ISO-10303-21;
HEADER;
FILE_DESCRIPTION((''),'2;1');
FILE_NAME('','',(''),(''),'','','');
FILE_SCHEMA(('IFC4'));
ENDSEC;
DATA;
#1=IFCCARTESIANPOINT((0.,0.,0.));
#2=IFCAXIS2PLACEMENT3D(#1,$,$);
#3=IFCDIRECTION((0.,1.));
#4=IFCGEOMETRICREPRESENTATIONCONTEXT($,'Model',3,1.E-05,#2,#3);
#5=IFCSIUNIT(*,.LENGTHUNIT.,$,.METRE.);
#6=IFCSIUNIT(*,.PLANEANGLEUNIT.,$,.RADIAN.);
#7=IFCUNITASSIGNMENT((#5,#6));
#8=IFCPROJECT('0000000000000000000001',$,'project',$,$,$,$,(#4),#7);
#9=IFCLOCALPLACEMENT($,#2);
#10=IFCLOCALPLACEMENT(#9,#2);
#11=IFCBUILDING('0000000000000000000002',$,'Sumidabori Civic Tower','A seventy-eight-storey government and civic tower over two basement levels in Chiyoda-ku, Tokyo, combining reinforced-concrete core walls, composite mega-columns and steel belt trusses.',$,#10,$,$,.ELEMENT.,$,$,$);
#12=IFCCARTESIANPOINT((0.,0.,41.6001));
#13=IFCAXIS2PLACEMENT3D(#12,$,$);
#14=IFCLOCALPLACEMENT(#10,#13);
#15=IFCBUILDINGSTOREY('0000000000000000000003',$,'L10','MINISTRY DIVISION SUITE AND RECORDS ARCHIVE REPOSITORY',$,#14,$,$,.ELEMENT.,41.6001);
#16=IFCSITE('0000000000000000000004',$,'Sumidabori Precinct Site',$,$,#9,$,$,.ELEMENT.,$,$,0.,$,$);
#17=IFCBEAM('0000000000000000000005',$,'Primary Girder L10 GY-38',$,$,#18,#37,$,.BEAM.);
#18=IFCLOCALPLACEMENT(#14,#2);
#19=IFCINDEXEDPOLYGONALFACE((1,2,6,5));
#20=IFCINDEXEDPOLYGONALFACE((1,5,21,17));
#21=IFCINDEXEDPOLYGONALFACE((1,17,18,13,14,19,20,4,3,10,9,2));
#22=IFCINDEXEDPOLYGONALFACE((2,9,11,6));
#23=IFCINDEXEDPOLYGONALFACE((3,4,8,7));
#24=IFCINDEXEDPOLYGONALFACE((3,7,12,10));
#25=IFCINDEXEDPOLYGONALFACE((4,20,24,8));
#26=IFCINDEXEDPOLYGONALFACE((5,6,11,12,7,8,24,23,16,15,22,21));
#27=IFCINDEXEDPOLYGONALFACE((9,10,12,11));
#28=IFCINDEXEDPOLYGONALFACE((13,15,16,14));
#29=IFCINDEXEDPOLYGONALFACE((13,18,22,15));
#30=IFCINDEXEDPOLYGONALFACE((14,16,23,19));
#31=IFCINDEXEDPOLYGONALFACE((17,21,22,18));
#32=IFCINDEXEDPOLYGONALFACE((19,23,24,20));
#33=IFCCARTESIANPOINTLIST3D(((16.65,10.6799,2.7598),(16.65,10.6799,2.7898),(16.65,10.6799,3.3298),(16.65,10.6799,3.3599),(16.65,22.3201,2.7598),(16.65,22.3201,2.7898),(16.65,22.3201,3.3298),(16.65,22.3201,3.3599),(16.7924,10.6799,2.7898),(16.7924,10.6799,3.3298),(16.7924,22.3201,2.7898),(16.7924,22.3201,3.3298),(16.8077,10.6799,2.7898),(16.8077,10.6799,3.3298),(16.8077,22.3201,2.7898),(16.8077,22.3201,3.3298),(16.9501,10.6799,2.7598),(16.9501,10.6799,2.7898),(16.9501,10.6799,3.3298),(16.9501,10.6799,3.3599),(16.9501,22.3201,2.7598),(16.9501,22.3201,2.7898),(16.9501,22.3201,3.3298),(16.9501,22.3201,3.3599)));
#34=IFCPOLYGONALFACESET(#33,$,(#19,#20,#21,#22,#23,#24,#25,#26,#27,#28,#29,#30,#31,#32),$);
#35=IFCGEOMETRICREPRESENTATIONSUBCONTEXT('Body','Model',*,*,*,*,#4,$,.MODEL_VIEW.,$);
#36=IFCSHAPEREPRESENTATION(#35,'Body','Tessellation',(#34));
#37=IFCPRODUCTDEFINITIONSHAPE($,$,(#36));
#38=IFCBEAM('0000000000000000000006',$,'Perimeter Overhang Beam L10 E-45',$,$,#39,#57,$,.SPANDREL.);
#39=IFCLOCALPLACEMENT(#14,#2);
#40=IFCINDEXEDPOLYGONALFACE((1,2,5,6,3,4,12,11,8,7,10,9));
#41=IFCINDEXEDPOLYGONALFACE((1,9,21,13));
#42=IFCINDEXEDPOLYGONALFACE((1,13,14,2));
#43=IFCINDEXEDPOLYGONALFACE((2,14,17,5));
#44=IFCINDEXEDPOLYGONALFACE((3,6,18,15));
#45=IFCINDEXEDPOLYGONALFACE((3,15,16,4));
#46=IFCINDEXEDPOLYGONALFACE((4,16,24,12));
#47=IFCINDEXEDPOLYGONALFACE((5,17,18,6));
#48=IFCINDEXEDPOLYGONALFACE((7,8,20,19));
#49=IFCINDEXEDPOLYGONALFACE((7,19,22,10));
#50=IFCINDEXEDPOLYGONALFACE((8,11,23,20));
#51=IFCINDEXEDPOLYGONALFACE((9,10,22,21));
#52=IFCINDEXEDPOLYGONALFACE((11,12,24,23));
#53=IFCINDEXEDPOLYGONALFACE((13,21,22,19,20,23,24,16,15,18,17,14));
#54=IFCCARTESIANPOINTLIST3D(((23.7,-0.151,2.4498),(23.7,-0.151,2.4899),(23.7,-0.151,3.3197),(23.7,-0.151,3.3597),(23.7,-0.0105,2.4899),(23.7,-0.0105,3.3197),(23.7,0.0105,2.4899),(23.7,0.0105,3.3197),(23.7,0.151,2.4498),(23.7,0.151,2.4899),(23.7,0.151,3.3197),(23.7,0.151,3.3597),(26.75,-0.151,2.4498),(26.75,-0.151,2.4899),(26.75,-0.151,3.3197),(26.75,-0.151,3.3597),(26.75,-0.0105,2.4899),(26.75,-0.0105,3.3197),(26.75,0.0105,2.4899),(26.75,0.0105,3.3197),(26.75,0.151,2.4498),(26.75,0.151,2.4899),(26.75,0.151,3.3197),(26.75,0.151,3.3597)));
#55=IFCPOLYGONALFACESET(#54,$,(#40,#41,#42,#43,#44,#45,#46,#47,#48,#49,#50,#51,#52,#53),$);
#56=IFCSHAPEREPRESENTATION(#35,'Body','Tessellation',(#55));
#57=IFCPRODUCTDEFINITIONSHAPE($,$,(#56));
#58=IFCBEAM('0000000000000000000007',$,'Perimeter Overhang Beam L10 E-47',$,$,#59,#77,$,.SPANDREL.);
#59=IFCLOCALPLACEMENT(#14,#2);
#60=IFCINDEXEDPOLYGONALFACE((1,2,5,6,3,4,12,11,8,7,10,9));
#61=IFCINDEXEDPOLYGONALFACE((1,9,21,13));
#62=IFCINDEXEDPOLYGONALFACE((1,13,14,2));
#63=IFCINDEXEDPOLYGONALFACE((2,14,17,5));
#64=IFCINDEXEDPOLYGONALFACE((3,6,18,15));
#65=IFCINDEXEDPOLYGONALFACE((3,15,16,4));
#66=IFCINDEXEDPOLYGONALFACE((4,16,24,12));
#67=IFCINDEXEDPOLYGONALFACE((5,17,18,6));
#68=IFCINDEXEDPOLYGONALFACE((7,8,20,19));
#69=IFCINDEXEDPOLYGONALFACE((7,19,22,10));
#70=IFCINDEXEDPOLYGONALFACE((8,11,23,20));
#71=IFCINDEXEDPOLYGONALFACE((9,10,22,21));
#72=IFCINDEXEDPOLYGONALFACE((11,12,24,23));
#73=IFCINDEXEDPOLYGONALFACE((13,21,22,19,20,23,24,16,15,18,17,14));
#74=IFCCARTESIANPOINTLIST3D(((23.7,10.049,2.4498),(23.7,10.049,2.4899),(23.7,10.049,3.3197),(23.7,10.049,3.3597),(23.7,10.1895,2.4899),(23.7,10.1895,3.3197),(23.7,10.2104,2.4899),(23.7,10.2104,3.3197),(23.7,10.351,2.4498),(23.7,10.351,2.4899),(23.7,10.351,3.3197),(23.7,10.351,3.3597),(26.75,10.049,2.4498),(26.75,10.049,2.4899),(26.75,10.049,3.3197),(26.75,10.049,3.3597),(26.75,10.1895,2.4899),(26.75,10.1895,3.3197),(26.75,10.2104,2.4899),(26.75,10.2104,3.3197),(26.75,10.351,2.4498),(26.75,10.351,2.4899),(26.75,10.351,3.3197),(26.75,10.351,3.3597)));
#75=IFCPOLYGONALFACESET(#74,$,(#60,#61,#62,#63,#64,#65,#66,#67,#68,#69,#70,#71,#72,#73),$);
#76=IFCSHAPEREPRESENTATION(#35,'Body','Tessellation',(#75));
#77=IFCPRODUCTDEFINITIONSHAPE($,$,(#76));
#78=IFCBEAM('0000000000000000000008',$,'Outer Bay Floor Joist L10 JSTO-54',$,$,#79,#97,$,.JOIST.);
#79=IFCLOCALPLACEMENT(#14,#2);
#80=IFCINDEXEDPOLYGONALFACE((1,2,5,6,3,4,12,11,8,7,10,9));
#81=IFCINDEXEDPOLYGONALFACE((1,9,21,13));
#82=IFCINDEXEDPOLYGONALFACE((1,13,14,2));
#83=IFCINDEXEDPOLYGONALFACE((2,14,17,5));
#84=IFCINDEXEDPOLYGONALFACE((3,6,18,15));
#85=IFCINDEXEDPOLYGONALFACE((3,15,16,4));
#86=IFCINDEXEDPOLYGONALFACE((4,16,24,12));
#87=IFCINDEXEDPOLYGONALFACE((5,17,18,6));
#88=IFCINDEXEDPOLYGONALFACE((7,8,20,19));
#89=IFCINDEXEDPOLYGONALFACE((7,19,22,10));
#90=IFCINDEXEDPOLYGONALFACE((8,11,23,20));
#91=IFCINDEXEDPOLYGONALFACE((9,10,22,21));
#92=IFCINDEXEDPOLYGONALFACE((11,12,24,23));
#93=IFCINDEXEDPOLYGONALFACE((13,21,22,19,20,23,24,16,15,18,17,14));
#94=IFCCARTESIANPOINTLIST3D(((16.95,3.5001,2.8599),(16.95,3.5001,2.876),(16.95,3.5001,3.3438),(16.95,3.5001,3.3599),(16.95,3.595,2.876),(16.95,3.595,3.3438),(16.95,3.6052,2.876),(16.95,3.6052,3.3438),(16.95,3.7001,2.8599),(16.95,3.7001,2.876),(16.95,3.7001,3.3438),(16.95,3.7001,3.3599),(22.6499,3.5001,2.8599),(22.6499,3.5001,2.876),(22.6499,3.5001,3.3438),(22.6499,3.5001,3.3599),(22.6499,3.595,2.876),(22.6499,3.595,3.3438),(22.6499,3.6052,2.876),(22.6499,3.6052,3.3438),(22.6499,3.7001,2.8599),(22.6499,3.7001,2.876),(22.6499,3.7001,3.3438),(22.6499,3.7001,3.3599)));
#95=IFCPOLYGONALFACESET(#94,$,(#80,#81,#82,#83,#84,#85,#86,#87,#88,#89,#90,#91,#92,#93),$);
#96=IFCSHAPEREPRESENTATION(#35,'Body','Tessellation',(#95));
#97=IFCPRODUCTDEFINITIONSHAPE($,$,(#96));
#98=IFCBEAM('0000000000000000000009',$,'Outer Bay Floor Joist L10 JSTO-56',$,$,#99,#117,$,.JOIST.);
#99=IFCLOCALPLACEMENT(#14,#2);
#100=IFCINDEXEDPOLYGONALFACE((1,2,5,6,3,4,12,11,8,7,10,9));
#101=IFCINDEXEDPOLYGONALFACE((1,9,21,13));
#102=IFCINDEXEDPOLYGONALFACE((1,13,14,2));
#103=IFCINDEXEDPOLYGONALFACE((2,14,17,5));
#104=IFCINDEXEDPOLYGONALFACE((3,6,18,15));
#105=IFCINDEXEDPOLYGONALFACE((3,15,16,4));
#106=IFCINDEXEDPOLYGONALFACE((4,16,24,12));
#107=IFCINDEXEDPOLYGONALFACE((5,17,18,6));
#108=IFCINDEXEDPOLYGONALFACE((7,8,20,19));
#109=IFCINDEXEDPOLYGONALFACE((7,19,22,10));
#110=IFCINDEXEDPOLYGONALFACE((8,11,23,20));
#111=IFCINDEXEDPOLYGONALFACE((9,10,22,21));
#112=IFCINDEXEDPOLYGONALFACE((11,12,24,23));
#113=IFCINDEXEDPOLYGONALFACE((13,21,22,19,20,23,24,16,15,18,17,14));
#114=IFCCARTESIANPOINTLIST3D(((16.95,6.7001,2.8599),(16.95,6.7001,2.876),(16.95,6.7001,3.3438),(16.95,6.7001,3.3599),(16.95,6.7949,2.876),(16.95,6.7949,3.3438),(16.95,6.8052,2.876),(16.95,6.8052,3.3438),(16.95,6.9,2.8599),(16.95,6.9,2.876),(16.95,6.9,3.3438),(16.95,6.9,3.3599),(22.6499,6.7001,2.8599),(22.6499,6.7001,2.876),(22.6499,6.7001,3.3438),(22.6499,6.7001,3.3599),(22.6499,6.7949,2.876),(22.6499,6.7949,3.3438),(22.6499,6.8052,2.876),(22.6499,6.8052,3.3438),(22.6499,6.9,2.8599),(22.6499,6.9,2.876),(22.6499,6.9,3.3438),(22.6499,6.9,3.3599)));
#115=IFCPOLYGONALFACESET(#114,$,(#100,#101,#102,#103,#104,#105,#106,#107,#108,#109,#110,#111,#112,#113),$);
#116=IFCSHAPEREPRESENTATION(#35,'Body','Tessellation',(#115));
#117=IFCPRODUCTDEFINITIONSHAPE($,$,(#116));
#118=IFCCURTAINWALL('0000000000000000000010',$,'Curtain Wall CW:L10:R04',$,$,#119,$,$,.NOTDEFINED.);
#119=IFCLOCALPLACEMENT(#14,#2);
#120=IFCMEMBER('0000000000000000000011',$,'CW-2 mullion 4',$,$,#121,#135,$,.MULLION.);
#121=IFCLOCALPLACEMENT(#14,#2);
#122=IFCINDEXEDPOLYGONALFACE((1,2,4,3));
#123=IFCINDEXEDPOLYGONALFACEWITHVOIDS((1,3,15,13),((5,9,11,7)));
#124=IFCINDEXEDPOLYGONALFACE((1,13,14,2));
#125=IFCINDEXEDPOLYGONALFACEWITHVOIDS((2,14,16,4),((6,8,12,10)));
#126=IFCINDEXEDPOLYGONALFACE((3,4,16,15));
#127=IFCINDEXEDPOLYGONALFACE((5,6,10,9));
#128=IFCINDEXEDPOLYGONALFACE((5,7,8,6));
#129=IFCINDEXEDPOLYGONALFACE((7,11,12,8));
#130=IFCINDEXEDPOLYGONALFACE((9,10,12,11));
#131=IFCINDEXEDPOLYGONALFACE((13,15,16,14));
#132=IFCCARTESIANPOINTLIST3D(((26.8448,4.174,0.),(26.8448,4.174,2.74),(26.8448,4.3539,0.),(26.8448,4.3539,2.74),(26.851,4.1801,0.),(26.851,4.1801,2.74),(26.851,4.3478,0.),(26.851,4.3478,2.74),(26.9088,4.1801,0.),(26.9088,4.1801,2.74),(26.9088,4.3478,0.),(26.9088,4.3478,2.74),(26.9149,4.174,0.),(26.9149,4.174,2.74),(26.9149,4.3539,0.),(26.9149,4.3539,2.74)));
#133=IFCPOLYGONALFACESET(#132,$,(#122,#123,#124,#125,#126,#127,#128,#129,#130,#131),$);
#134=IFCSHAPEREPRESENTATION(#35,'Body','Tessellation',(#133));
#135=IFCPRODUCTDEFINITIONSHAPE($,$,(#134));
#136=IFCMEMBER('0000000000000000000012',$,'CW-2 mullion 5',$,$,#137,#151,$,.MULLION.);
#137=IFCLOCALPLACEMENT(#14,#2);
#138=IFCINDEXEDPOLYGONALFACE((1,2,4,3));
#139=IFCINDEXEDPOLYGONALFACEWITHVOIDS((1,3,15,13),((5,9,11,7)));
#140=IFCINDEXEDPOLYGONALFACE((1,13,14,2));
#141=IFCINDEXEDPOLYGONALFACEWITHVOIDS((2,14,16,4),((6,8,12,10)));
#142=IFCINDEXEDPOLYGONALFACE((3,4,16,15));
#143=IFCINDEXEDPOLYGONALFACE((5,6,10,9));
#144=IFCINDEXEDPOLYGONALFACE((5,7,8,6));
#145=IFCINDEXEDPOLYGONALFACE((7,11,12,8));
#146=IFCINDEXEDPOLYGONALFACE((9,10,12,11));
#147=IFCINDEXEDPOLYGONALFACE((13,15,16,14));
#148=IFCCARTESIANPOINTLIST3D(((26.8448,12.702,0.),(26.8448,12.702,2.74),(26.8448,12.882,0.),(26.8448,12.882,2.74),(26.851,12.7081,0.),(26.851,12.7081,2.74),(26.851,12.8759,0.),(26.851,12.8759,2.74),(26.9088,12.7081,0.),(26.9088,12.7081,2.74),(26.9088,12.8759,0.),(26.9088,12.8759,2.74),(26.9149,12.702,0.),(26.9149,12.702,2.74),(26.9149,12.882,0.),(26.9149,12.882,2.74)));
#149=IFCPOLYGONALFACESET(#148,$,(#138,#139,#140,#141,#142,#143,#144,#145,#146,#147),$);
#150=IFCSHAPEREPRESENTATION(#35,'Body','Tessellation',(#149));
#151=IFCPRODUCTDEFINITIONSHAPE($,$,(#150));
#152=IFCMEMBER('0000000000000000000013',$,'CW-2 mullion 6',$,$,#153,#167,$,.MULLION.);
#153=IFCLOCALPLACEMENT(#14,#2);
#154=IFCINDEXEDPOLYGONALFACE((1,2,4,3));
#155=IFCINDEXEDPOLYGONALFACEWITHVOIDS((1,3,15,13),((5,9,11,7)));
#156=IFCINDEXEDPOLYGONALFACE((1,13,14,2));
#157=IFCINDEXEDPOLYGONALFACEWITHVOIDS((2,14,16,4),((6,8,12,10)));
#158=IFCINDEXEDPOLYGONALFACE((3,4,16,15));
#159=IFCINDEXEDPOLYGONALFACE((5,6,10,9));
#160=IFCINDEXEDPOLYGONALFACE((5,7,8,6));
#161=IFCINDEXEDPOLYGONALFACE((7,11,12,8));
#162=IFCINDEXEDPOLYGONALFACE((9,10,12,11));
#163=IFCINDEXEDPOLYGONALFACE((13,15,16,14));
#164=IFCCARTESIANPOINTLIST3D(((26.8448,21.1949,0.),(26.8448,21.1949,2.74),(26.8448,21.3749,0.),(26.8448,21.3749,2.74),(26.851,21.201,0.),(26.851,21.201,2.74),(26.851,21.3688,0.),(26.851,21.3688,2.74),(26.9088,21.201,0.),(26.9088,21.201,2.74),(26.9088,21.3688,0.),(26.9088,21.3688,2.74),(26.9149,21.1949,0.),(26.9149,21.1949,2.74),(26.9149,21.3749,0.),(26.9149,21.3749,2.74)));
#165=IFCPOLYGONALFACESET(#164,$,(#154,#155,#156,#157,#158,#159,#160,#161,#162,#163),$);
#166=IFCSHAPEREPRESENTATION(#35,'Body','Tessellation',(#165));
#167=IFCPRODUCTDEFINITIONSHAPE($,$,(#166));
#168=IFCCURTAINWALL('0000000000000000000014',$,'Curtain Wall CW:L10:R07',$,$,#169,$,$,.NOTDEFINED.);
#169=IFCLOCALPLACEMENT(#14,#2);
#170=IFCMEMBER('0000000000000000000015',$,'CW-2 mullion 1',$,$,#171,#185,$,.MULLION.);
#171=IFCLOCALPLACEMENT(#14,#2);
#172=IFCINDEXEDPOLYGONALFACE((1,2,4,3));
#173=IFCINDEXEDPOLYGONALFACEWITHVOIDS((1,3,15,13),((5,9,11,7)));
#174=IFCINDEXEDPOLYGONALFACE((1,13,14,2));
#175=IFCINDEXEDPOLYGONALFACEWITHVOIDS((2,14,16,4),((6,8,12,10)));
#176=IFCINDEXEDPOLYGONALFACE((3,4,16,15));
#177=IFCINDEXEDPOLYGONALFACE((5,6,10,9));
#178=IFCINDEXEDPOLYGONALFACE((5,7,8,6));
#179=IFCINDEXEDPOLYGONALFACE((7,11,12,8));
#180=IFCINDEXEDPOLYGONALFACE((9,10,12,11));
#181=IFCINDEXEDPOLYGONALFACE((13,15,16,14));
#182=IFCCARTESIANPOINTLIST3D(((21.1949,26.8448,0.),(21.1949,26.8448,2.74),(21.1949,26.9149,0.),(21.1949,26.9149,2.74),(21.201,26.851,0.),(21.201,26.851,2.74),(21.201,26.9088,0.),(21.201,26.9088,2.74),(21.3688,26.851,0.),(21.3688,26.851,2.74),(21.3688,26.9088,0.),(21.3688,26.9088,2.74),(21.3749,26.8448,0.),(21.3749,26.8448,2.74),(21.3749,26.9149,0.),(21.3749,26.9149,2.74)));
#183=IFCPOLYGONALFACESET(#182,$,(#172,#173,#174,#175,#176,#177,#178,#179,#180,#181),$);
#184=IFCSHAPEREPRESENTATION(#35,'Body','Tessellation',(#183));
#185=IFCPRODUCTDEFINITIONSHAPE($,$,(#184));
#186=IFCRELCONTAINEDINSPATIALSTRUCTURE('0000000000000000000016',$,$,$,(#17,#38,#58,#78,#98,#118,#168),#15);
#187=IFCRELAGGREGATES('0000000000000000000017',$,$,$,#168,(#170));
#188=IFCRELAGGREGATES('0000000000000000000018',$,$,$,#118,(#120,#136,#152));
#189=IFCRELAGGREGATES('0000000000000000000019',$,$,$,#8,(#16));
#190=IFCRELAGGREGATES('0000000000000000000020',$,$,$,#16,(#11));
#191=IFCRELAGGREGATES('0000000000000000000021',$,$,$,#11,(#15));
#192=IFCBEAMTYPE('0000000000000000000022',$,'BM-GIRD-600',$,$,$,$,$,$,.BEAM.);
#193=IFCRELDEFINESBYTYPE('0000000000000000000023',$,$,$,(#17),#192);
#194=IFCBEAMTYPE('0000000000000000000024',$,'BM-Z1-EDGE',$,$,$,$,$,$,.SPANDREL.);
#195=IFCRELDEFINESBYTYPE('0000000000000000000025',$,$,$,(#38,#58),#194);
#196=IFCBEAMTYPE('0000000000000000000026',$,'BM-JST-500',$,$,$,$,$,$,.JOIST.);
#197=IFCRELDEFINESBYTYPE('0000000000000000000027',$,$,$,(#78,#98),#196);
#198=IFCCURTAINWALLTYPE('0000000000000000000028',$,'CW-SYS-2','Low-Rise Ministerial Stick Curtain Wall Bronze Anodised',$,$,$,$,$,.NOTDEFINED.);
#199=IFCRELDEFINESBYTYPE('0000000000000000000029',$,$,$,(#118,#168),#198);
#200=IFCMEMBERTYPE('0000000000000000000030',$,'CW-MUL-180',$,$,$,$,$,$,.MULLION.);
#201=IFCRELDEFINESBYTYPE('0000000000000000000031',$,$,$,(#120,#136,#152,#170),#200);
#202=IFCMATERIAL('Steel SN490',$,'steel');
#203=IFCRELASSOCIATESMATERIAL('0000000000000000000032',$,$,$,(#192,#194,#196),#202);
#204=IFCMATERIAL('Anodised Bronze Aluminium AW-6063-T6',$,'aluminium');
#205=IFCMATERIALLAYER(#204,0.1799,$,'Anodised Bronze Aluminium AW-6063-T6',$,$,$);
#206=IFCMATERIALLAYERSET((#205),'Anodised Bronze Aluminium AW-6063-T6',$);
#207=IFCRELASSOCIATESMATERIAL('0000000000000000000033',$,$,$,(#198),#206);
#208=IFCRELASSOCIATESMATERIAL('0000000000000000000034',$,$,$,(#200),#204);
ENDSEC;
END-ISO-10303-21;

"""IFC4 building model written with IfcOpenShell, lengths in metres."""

from ifc_helpers import new_model, si_unit, direction, frame, origin, origin_2d, place, context, subcontext, project, spatial, hollow_rectangle, i_section, extrude, source, transform, mapped, material, layer, layer_set, material_profile, profile_set, type_object, element, aggregate, save


model = new_model("IFC4")

# Units and contexts
model_context = context("Model", 3, precision=1e-05, world=origin(), true_north=direction((0.0, 1.0)))
body_context = subcontext(model_context, "Body", "Model", "MODEL_VIEW")
ifc_project = project(units=[si_unit("LENGTHUNIT", "METRE"), si_unit("PLANEANGLEUNIT", "RADIAN")], contexts=[model_context])

# Site, building, storey
site_placement = place(None, origin())
site = spatial("IfcSite", under=ifc_project, at=site_placement, Name="Sumidabori Precinct Site", CompositionType="ELEMENT", RefElevation=0.0)
building_placement = place(site_placement, origin())
building = spatial("IfcBuilding", under=site, at=building_placement, Name="Sumidabori Civic Tower", Description="A seventy-eight-storey government and civic tower over two basement levels in Chiyoda-ku, Tokyo, combining reinforced-concrete core walls, composite mega-columns and steel belt trusses.", CompositionType="ELEMENT")
storey_placement = place(building_placement, frame((0.0, 0.0, 41.6001)))
storey = spatial("IfcBuildingStorey", under=building, at=storey_placement, Name="L10", Description="MINISTRY DIVISION SUITE AND RECORDS ARCHIVE REPOSITORY", CompositionType="ELEMENT", Elevation=41.6001)

# Beams
ifc_material_1 = material(Name="Steel SN490", Category="steel")
ifc_material_profile_1 = material_profile(ifc_material_1, i_section(OverallWidth=0.3, OverallDepth=0.6001, WebThickness=0.0154, FlangeThickness=0.03, at=origin_2d()), Name="HE 600 B")
ifc_profile_set_1 = profile_set([ifc_material_profile_1], Name="Steel SN490")
beam_type_1 = type_object("IfcBeamType", Name="BM-GIRD-600", PredefinedType="BEAM", material=ifc_profile_set_1)
shared_shape_1 = source(origin(), body_context, "Body", "SweptSolid", [
    extrude(i_section(OverallWidth=0.3, OverallDepth=0.6001, WebThickness=0.0154, FlangeThickness=0.03, at=origin_2d()), origin(), (0.0, 0.0, 1.0), 11.6401),
])
beam_1_placement = place(storey_placement, frame((16.8, 10.6799, 3.0598), z_axis=(0.0, 1.0, 0.0), x_axis=(-1.0, 0.0, 0.0)))
element("IfcBeam", 1, at=beam_1_placement, inside=storey, type_object=beam_type_1, Name="Primary Girder L10 GY-38", PredefinedType="BEAM", context=body_context, shape_type="MappedRepresentation", body=[
    mapped(shared_shape_1, transform((0.0, 0.0, 0.0), x_axis=(1.0, 0.0, 0.0), y_axis=(0.0, 1.0, 0.0), z_axis=(0.0, 0.0, 1.0), scale=1.0)),
])
ifc_material_profile_2 = material_profile(ifc_material_1, i_section(OverallWidth=0.302, OverallDepth=0.9099, WebThickness=0.021, FlangeThickness=0.04, at=origin_2d()), Name="HE 900 M")
ifc_profile_set_2 = profile_set([ifc_material_profile_2], Name="Steel SN490")
beam_type_2 = type_object("IfcBeamType", Name="BM-Z1-EDGE", PredefinedType="SPANDREL", material=ifc_profile_set_2)
shared_shape_2 = source(origin(), body_context, "Body", "SweptSolid", [
    extrude(i_section(OverallWidth=0.302, OverallDepth=0.9099, WebThickness=0.021, FlangeThickness=0.04, at=origin_2d()), origin(), (0.0, 0.0, 1.0), 3.05),
])
for number, where, z_axis, x_axis, name in (
    (2, (23.7, 0.0, 2.9048), (1.0, 0.0, 0.0), (0.0, 1.0, 0.0), "Perimeter Overhang Beam L10 E-45"),
    (3, (23.7, 10.2, 2.9048), (1.0, 0.0, 0.0), (0.0, 1.0, 0.0), "Perimeter Overhang Beam L10 E-47"),
):
    element("IfcBeam", number, at=place(storey_placement, frame(where, z_axis=z_axis, x_axis=x_axis)), inside=storey, type_object=beam_type_2, Name=name, PredefinedType="SPANDREL", context=body_context, shape_type="MappedRepresentation", body=[
        mapped(shared_shape_2, transform((0.0, 0.0, 0.0), x_axis=(1.0, 0.0, 0.0), y_axis=(0.0, 1.0, 0.0), z_axis=(0.0, 0.0, 1.0), scale=1.0)),
    ])
ifc_material_profile_3 = material_profile(ifc_material_1, i_section(OverallWidth=0.2, OverallDepth=0.5, WebThickness=0.0103, FlangeThickness=0.0161, at=origin_2d()), Name="IPE 500")
ifc_profile_set_3 = profile_set([ifc_material_profile_3], Name="Steel SN490")
beam_type_3 = type_object("IfcBeamType", Name="BM-JST-500", PredefinedType="JOIST", material=ifc_profile_set_3)
shared_shape_3 = source(origin(), body_context, "Body", "SweptSolid", [
    extrude(i_section(OverallWidth=0.2, OverallDepth=0.5, WebThickness=0.0103, FlangeThickness=0.0161, at=origin_2d()), origin(), (0.0, 0.0, 1.0), 5.7),
])
for number, where, z_axis, x_axis, name in (
    (4, (16.95, 3.6001, 3.1099), (1.0, 0.0, 0.0), (0.0, 1.0, 0.0), "Outer Bay Floor Joist L10 JSTO-54"),
    (5, (16.95, 6.8, 3.1099), (1.0, 0.0, 0.0), (0.0, 1.0, 0.0), "Outer Bay Floor Joist L10 JSTO-56"),
):
    element("IfcBeam", number, at=place(storey_placement, frame(where, z_axis=z_axis, x_axis=x_axis)), inside=storey, type_object=beam_type_3, Name=name, PredefinedType="JOIST", context=body_context, shape_type="MappedRepresentation", body=[
        mapped(shared_shape_3, transform((0.0, 0.0, 0.0), x_axis=(1.0, 0.0, 0.0), y_axis=(0.0, 1.0, 0.0), z_axis=(0.0, 0.0, 1.0), scale=1.0)),
    ])

# Curtain wall, members
ifc_material_2 = material(Name="Anodised Bronze Aluminium AW-6063-T6", Category="aluminium")
ifc_layer_1 = layer(ifc_material_2, 0.1799, Name="Anodised Bronze Aluminium AW-6063-T6")
ifc_layer_set_1 = layer_set([ifc_layer_1], Name="Anodised Bronze Aluminium AW-6063-T6")
curtain_wall_type = type_object("IfcCurtainWallType", Name="CW-SYS-2", Description="Low-Rise Ministerial Stick Curtain Wall Bronze Anodised", PredefinedType="NOTDEFINED", material=ifc_layer_set_1)
curtain_wall_1_placement = place(storey_placement, origin())
curtain_wall_1 = element("IfcCurtainWall", 6, at=curtain_wall_1_placement, inside=storey, type_object=curtain_wall_type, Name="Curtain Wall CW:L10:R04", PredefinedType="NOTDEFINED")
ifc_material_profile_4 = material_profile(ifc_material_2, hollow_rectangle(XDim=0.0701, YDim=0.1799, WallThickness=0.0061, at=origin_2d()), Name="ALU MULLION 180x70")
ifc_profile_set_4 = profile_set([ifc_material_profile_4], Name="Anodised Bronze Aluminium AW-6063-T6")
member_type_1 = type_object("IfcMemberType", Name="CW-MUL-180", PredefinedType="MULLION", material=ifc_profile_set_4)
shared_shape_4 = source(origin(), body_context, "Body", "SweptSolid", [
    extrude(hollow_rectangle(XDim=0.0701, YDim=0.1799, WallThickness=0.0061, at=origin_2d()), origin(), (0.0, 0.0, 1.0), 2.74),
])
member_1_placement = place(storey_placement, frame((26.8799, 4.2639, 0.0), z_axis=(0.0, 0.0, 1.0), x_axis=(-1.0, 0.0, 0.0)))
member_1 = element("IfcMember", 7, at=member_1_placement, type_object=member_type_1, Name="CW-2 mullion 4", PredefinedType="MULLION", context=body_context, shape_type="MappedRepresentation", body=[
    mapped(shared_shape_4, transform((0.0, 0.0, 0.0), x_axis=(1.0, 0.0, 0.0), y_axis=(0.0, 1.0, 0.0), z_axis=(0.0, 0.0, 1.0), scale=1.0)),
])
member_2_placement = place(storey_placement, frame((26.8799, 12.792, 0.0), z_axis=(0.0, 0.0, 1.0), x_axis=(-1.0, 0.0, 0.0)))
member_2 = element("IfcMember", 8, at=member_2_placement, type_object=member_type_1, Name="CW-2 mullion 5", PredefinedType="MULLION", context=body_context, shape_type="MappedRepresentation", body=[
    mapped(shared_shape_4, transform((0.0, 0.0, 0.0), x_axis=(1.0, 0.0, 0.0), y_axis=(0.0, 1.0, 0.0), z_axis=(0.0, 0.0, 1.0), scale=1.0)),
])
member_3_placement = place(storey_placement, frame((26.8799, 21.2849, 0.0), z_axis=(0.0, 0.0, 1.0), x_axis=(-1.0, 0.0, 0.0)))
member_3 = element("IfcMember", 9, at=member_3_placement, type_object=member_type_1, Name="CW-2 mullion 6", PredefinedType="MULLION", context=body_context, shape_type="MappedRepresentation", body=[
    mapped(shared_shape_4, transform((0.0, 0.0, 0.0), x_axis=(1.0, 0.0, 0.0), y_axis=(0.0, 1.0, 0.0), z_axis=(0.0, 0.0, 1.0), scale=1.0)),
])

# Curtain wall, member
curtain_wall_2_placement = place(storey_placement, origin())
curtain_wall_2 = element("IfcCurtainWall", 10, at=curtain_wall_2_placement, inside=storey, type_object=curtain_wall_type, Name="Curtain Wall CW:L10:R07", PredefinedType="NOTDEFINED")
member_4_placement = place(storey_placement, frame((21.2849, 26.8799, 0.0), z_axis=(0.0, 0.0, 1.0), x_axis=(0.0, -1.0, 0.0)))
member_4 = element("IfcMember", 11, at=member_4_placement, type_object=member_type_1, Name="CW-2 mullion 1", PredefinedType="MULLION", context=body_context, shape_type="MappedRepresentation", body=[
    mapped(shared_shape_4, transform((0.0, 0.0, 0.0), x_axis=(1.0, 0.0, 0.0), y_axis=(0.0, 1.0, 0.0), z_axis=(0.0, 0.0, 1.0), scale=1.0)),
])

aggregate(curtain_wall_2, [member_4])
aggregate(curtain_wall_1, [member_1, member_2, member_3])

save(model, "model.ifc")
